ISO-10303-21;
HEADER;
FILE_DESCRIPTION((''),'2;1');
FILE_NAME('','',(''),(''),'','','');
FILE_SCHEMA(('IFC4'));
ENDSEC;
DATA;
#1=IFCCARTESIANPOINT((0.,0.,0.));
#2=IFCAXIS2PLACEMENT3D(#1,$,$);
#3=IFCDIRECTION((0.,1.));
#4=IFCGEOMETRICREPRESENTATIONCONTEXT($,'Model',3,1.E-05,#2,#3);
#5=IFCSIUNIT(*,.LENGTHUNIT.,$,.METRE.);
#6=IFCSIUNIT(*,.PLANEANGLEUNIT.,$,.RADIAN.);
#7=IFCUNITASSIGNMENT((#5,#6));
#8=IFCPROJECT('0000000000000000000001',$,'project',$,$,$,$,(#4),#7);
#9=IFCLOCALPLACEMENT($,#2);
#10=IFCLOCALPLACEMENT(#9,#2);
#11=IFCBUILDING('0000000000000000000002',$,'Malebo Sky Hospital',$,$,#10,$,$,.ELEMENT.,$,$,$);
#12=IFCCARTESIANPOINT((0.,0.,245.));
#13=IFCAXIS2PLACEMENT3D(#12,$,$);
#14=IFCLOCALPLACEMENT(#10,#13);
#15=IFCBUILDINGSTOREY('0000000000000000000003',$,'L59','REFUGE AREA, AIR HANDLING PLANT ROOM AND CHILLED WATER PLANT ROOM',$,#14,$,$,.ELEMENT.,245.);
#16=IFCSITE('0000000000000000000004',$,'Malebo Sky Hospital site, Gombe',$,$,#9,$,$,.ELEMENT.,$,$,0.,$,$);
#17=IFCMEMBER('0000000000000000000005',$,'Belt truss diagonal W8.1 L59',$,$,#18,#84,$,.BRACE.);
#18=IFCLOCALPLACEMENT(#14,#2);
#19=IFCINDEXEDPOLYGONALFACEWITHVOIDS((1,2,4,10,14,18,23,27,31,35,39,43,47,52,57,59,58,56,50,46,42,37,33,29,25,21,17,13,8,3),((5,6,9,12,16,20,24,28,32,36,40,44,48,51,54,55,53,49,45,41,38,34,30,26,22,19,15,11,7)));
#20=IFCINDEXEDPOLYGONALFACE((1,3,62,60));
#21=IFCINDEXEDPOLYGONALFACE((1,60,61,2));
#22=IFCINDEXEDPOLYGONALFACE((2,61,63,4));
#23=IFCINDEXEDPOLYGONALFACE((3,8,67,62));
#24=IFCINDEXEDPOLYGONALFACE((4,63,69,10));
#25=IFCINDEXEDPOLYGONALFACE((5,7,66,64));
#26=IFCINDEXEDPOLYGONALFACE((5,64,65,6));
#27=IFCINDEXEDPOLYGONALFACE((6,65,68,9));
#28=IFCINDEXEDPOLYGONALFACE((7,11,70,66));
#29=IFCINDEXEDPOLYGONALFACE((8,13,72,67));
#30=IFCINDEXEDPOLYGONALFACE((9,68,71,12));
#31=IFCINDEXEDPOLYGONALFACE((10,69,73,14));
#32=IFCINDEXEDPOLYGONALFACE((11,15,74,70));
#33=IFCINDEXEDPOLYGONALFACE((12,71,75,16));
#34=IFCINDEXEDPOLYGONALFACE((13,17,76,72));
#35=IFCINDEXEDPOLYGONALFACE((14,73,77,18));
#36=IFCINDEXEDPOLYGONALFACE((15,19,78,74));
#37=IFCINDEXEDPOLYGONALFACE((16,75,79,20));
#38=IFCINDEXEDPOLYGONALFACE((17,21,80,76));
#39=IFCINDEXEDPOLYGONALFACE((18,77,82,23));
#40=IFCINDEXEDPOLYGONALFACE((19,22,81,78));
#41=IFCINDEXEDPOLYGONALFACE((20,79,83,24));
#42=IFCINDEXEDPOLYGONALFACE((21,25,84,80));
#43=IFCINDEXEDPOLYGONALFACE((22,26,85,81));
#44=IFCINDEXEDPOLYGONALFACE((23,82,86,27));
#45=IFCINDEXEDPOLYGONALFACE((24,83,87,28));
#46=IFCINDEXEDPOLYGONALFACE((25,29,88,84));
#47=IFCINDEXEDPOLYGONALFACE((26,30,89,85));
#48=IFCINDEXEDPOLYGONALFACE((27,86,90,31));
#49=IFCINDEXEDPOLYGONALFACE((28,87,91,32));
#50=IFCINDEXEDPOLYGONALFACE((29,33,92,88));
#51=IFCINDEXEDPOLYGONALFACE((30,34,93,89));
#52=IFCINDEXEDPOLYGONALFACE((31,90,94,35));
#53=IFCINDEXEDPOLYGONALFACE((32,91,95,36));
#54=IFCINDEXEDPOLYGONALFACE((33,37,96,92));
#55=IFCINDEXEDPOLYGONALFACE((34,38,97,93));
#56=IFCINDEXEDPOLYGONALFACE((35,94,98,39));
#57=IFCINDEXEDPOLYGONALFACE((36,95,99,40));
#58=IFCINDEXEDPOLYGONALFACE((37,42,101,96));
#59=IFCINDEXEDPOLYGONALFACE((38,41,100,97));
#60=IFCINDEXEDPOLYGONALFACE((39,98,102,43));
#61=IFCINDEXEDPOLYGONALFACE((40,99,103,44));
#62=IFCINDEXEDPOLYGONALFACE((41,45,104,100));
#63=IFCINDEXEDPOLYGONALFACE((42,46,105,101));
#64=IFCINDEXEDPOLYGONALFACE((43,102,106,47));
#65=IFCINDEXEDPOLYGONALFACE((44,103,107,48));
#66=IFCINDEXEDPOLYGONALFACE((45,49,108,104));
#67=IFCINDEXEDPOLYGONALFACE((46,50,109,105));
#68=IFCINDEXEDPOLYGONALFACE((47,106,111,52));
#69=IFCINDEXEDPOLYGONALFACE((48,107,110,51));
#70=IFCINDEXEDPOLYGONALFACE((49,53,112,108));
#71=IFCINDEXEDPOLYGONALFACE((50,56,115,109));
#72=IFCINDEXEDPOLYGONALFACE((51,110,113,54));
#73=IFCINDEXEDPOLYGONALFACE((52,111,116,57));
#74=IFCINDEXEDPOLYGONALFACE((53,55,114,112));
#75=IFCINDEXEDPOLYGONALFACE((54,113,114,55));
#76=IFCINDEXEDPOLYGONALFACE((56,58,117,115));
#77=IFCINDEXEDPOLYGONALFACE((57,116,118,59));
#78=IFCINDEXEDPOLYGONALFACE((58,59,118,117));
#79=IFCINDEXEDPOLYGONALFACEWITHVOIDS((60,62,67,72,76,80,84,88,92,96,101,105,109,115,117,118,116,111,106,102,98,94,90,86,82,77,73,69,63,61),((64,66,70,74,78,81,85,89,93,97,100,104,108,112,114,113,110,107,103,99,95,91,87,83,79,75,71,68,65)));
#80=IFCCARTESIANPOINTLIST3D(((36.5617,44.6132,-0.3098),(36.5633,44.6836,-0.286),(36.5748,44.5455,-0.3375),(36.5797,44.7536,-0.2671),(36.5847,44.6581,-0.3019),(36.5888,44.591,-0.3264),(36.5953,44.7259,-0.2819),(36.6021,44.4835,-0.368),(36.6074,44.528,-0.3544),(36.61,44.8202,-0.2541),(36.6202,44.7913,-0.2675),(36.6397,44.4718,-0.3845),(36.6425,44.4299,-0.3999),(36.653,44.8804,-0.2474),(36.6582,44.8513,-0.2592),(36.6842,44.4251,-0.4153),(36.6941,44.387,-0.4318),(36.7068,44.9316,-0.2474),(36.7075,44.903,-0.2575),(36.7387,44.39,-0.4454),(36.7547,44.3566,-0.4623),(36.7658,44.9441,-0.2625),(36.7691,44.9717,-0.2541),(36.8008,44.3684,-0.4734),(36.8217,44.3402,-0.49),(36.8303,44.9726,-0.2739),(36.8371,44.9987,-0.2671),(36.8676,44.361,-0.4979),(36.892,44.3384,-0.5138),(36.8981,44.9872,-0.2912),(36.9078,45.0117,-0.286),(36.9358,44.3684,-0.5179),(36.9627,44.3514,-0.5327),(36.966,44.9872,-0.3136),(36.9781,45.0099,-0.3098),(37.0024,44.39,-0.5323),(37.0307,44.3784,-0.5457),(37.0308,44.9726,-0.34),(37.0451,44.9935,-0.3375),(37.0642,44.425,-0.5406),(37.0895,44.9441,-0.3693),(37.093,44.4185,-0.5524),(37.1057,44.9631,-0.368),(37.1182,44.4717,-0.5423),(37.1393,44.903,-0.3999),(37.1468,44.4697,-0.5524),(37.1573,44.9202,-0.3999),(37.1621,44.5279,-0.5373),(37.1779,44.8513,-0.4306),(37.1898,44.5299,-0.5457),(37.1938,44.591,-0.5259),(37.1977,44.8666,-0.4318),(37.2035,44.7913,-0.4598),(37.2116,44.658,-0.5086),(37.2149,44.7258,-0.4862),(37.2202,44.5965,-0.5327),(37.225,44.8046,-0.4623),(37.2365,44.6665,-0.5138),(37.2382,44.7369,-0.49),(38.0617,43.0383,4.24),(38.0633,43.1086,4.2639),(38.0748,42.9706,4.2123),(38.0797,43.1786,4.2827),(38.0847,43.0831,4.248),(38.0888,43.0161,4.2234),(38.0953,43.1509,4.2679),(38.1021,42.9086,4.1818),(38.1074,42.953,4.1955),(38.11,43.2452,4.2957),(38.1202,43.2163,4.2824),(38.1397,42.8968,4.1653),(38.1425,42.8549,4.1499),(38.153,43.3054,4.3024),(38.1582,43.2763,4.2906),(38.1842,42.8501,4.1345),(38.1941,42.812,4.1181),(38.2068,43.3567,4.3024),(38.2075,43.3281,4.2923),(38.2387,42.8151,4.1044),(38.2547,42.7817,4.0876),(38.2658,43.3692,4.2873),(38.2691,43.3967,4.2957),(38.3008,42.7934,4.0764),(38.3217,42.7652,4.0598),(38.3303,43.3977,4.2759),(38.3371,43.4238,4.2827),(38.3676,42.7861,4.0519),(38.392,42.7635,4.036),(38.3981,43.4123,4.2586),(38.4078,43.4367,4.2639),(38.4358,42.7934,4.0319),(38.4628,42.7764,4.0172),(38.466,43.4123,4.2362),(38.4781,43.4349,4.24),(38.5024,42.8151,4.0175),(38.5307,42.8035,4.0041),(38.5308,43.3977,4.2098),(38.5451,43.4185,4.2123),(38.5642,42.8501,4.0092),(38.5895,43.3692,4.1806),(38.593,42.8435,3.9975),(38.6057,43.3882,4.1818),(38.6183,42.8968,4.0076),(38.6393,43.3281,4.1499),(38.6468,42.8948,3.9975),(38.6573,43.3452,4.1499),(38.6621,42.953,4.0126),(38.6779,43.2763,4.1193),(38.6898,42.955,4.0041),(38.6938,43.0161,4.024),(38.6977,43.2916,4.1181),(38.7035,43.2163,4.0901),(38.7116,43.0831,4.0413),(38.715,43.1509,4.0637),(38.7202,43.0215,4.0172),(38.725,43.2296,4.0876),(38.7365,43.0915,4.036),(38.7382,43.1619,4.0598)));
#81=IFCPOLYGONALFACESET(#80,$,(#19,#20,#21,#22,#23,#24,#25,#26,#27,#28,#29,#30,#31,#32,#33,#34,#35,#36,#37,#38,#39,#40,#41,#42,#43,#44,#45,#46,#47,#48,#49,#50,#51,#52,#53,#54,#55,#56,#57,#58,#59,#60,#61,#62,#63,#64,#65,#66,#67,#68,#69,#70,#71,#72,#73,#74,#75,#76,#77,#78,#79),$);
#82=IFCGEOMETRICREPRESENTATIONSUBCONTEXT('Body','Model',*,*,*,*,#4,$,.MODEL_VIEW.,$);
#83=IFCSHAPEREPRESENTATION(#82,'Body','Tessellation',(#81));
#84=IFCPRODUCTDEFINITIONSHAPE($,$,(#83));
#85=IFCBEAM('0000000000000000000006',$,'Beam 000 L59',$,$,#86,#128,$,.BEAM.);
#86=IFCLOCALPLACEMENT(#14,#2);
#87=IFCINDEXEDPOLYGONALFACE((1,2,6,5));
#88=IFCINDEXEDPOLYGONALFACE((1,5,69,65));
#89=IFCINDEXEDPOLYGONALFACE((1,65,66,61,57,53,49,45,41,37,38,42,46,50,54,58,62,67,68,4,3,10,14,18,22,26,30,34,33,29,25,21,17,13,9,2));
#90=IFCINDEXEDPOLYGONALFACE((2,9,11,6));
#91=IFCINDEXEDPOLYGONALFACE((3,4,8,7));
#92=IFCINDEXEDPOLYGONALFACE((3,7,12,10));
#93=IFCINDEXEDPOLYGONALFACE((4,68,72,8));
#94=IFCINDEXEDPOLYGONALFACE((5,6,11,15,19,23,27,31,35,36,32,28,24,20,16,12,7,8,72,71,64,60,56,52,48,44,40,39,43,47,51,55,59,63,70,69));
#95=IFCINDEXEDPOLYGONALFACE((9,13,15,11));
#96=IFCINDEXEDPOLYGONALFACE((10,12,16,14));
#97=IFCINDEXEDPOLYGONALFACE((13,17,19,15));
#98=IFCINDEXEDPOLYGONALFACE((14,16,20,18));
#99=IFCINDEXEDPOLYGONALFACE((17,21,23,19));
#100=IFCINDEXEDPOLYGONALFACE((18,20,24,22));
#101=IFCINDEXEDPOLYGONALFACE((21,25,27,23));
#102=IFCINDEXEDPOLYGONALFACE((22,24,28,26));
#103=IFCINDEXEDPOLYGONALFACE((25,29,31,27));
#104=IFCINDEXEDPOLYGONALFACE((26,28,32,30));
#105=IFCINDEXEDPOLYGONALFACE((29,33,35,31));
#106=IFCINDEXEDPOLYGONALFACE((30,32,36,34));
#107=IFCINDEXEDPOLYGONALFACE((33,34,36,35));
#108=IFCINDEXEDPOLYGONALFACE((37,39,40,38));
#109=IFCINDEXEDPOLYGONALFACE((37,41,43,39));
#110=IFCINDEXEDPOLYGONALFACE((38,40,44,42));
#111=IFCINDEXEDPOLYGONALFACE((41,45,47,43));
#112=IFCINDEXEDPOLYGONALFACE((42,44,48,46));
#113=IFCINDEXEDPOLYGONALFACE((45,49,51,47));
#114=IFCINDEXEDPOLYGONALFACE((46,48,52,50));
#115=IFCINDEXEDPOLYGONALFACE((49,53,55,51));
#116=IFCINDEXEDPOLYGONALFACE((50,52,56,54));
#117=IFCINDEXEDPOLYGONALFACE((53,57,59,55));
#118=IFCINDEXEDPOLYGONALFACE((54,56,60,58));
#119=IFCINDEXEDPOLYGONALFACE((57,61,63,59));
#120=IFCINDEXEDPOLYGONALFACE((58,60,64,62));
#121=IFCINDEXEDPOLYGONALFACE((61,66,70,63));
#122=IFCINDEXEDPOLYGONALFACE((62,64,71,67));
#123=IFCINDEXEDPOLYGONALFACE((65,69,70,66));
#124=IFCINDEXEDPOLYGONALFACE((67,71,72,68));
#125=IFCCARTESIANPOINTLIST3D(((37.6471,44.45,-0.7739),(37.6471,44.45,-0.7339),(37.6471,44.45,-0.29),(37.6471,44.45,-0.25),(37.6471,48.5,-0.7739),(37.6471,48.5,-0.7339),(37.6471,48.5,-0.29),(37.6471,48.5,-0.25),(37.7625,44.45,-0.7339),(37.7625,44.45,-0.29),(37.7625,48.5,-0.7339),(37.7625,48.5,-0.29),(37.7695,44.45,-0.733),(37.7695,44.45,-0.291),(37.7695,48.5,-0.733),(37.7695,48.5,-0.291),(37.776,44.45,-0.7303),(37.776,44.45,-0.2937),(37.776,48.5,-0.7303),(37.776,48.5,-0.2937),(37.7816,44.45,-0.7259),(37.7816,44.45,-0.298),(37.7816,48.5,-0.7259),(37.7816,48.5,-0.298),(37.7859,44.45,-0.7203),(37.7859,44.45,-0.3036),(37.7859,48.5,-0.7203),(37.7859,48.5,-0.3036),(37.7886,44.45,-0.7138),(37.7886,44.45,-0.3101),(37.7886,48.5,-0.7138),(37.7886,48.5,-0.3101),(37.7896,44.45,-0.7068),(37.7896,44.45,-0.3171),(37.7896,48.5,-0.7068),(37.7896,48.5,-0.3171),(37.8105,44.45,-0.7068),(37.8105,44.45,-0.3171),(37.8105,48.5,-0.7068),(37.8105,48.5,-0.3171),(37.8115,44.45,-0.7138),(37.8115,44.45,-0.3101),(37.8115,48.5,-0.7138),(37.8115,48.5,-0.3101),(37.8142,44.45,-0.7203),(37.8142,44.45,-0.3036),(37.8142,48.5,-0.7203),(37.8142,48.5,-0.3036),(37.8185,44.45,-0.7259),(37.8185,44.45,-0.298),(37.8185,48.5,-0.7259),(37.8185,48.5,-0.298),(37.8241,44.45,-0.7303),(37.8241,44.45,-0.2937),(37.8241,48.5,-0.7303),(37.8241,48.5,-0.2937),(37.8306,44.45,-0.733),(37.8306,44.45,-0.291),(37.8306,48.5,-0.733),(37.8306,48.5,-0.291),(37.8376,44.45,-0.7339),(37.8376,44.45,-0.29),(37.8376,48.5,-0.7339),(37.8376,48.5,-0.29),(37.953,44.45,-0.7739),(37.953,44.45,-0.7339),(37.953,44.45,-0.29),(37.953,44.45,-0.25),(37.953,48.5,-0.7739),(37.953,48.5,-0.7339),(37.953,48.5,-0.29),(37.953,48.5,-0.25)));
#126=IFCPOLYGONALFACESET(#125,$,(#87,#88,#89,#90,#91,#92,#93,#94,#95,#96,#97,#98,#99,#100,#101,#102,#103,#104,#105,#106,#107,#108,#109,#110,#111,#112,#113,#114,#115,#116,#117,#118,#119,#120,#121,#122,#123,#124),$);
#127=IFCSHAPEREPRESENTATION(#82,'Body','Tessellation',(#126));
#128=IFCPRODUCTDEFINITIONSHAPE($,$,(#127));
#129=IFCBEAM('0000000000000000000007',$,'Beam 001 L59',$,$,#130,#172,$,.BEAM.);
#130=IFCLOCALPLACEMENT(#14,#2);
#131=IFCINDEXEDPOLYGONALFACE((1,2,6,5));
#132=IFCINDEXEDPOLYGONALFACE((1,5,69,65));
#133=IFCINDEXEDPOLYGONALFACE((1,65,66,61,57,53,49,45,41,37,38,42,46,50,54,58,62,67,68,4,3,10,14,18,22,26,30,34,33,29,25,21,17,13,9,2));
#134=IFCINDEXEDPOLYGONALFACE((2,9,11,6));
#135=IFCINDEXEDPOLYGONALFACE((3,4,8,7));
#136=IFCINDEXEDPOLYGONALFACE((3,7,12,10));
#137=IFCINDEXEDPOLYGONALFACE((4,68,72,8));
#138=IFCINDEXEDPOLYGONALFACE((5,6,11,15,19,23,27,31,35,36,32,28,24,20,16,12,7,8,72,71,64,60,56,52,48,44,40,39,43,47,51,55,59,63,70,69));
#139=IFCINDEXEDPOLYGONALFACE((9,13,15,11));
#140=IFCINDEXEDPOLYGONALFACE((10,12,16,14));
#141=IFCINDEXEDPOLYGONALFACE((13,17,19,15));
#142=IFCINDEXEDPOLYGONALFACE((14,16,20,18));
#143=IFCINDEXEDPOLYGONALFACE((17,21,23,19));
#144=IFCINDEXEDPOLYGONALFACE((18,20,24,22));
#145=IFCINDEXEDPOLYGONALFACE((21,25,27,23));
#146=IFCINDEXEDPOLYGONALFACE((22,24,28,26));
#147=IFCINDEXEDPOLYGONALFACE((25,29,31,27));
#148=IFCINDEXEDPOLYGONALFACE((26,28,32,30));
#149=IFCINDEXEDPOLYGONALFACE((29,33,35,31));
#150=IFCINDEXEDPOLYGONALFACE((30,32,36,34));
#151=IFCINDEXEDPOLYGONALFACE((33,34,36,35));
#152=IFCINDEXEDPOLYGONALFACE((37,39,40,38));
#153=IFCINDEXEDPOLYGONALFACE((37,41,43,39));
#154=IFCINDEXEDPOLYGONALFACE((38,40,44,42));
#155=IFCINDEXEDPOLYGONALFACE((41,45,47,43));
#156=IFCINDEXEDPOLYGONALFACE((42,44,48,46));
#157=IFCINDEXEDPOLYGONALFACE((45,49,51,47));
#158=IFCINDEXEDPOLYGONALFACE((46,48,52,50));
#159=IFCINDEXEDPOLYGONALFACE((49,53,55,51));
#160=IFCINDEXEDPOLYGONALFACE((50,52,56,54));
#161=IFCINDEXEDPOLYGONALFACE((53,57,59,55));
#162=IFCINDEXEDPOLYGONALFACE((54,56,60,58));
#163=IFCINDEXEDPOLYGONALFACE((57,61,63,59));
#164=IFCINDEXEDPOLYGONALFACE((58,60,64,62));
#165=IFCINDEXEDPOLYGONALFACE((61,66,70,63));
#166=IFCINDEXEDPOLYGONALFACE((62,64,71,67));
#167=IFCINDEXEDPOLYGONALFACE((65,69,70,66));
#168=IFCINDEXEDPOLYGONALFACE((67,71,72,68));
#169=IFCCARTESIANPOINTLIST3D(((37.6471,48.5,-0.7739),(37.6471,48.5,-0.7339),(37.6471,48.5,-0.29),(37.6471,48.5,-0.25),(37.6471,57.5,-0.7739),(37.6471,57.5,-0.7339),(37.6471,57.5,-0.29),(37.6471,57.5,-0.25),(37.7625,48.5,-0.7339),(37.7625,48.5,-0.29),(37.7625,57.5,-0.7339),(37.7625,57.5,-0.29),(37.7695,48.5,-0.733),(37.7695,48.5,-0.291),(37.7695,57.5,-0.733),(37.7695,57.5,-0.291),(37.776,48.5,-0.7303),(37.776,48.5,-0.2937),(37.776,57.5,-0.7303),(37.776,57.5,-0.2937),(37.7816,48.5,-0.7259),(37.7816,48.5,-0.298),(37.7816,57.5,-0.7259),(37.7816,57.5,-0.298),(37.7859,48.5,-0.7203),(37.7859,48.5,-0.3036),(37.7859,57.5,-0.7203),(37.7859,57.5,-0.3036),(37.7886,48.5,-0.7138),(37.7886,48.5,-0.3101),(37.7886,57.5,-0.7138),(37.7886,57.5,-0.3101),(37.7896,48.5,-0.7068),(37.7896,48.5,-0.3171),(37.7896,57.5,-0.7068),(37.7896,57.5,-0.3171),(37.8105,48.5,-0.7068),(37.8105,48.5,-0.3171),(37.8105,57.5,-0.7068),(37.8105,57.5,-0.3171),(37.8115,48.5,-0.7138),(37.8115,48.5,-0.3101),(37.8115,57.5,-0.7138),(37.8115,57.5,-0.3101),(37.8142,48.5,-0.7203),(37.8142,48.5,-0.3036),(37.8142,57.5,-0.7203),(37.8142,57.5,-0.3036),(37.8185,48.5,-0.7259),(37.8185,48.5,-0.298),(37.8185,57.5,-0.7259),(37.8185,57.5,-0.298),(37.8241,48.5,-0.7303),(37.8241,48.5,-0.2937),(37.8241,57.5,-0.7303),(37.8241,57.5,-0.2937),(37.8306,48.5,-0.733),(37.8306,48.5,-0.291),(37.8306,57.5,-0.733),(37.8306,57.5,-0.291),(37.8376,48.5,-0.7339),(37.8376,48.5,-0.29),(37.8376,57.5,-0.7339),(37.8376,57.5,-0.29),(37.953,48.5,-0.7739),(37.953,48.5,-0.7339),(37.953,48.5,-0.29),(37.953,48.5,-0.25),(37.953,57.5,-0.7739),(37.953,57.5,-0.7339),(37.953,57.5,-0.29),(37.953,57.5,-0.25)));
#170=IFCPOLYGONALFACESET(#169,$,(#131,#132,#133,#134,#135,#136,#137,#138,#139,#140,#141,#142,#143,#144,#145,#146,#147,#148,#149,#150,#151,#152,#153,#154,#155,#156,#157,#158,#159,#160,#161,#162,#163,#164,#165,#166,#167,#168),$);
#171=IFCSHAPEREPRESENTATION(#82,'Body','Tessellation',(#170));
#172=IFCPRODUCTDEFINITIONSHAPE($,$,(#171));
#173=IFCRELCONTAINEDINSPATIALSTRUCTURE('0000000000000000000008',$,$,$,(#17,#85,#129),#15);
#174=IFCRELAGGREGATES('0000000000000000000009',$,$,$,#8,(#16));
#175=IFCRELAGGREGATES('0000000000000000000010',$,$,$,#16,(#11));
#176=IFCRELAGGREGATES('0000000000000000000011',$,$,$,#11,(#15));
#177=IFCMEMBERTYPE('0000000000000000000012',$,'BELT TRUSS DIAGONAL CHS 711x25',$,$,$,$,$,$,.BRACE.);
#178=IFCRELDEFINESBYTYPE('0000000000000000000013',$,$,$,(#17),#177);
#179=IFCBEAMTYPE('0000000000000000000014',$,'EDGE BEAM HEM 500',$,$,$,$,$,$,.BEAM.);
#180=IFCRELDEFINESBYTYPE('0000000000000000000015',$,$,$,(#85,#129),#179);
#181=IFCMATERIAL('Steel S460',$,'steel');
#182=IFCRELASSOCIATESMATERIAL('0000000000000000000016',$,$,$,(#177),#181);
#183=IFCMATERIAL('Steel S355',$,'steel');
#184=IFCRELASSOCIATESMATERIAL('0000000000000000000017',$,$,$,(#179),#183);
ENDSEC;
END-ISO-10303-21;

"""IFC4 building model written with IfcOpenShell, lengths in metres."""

from ifc_helpers import new_model, si_unit, direction, frame, origin, origin_2d, place, context, subcontext, project, spatial, hollow_circle, i_section, extrude, material, material_profile, profile_set, type_object, element, save


model = new_model("IFC4")

# Units and contexts
model_context = context("Model", 3, precision=1e-05, world=origin(), true_north=direction((0.0, 1.0)))
body_context = subcontext(model_context, "Body", "Model", "MODEL_VIEW")
ifc_project = project(units=[si_unit("LENGTHUNIT", "METRE"), si_unit("PLANEANGLEUNIT", "RADIAN")], contexts=[model_context])

# Site, building, storey
site_placement = place(None, origin())
site = spatial("IfcSite", under=ifc_project, at=site_placement, Name="Malebo Sky Hospital site, Gombe", CompositionType="ELEMENT", RefElevation=0.0)
building_placement = place(site_placement, origin())
building = spatial("IfcBuilding", under=site, at=building_placement, Name="Malebo Sky Hospital", CompositionType="ELEMENT")
storey_placement = place(building_placement, frame((0.0, 0.0, 245.0)))
storey = spatial("IfcBuildingStorey", under=building, at=storey_placement, Name="L59", Description="REFUGE AREA, AIR HANDLING PLANT ROOM AND CHILLED WATER PLANT ROOM", CompositionType="ELEMENT", Elevation=245.0)

# Member
ifc_material_1 = material(Name="Steel S460", Category="steel")
ifc_material_profile_1 = material_profile(ifc_material_1, hollow_circle(Radius=0.3555, WallThickness=0.0249, at=origin_2d()), Name="CHS 711x25")
ifc_profile_set_1 = profile_set([ifc_material_profile_1], Name="Steel S460")
member_type_1 = type_object("IfcMemberType", Name="BELT TRUSS DIAGONAL CHS 711x25", PredefinedType="BRACE", material=ifc_profile_set_1)
member_1_placement = place(storey_placement, frame((36.8999, 44.675, -0.3999), z_axis=(0.297446, -0.312308, 0.902214), x_axis=(0.724127, 0.689666, 0.0)))
element("IfcMember", 1, at=member_1_placement, inside=storey, type_object=member_type_1, Name="Belt truss diagonal W8.1 L59", PredefinedType="BRACE", context=body_context, shape_type="SweptSolid", body=[
    extrude(hollow_circle(Radius=0.3555, WallThickness=0.0249, at=origin_2d()), origin(), (0.0, 0.0, 1.0), 5.043),
])

# Beams
ifc_material_2 = material(Name="Steel S355", Category="steel")
ifc_material_profile_2 = material_profile(ifc_material_2, i_section(OverallWidth=0.3059, OverallDepth=0.5239, WebThickness=0.021, FlangeThickness=0.04, FilletRadius=0.0271, at=origin_2d()), Name="HEM 500")
ifc_profile_set_2 = profile_set([ifc_material_profile_2], Name="Steel S355")
beam_type = type_object("IfcBeamType", Name="EDGE BEAM HEM 500", PredefinedType="BEAM", material=ifc_profile_set_2)
beam_1_placement = place(storey_placement, frame((37.8, 44.45, -0.512), z_axis=(0.0, 1.0, 0.0), x_axis=(-1.0, 0.0, 0.0)))
element("IfcBeam", 2, at=beam_1_placement, inside=storey, type_object=beam_type, Name="Beam 000 L59", PredefinedType="BEAM", context=body_context, shape_type="SweptSolid", body=[
    extrude(i_section(OverallWidth=0.3059, OverallDepth=0.5239, WebThickness=0.021, FlangeThickness=0.04, FilletRadius=0.0271, at=origin_2d()), origin(), (0.0, 0.0, 1.0), 4.05),
])
beam_2_placement = place(storey_placement, frame((37.8, 48.5, -0.512), z_axis=(0.0, 1.0, 0.0), x_axis=(-1.0, 0.0, 0.0)))
element("IfcBeam", 3, at=beam_2_placement, inside=storey, type_object=beam_type, Name="Beam 001 L59", PredefinedType="BEAM", context=body_context, shape_type="SweptSolid", body=[
    extrude(i_section(OverallWidth=0.3059, OverallDepth=0.5239, WebThickness=0.021, FlangeThickness=0.04, FilletRadius=0.0271, at=origin_2d()), origin(), (0.0, 0.0, 1.0), 9.0),
])

save(model, "model.ifc")
